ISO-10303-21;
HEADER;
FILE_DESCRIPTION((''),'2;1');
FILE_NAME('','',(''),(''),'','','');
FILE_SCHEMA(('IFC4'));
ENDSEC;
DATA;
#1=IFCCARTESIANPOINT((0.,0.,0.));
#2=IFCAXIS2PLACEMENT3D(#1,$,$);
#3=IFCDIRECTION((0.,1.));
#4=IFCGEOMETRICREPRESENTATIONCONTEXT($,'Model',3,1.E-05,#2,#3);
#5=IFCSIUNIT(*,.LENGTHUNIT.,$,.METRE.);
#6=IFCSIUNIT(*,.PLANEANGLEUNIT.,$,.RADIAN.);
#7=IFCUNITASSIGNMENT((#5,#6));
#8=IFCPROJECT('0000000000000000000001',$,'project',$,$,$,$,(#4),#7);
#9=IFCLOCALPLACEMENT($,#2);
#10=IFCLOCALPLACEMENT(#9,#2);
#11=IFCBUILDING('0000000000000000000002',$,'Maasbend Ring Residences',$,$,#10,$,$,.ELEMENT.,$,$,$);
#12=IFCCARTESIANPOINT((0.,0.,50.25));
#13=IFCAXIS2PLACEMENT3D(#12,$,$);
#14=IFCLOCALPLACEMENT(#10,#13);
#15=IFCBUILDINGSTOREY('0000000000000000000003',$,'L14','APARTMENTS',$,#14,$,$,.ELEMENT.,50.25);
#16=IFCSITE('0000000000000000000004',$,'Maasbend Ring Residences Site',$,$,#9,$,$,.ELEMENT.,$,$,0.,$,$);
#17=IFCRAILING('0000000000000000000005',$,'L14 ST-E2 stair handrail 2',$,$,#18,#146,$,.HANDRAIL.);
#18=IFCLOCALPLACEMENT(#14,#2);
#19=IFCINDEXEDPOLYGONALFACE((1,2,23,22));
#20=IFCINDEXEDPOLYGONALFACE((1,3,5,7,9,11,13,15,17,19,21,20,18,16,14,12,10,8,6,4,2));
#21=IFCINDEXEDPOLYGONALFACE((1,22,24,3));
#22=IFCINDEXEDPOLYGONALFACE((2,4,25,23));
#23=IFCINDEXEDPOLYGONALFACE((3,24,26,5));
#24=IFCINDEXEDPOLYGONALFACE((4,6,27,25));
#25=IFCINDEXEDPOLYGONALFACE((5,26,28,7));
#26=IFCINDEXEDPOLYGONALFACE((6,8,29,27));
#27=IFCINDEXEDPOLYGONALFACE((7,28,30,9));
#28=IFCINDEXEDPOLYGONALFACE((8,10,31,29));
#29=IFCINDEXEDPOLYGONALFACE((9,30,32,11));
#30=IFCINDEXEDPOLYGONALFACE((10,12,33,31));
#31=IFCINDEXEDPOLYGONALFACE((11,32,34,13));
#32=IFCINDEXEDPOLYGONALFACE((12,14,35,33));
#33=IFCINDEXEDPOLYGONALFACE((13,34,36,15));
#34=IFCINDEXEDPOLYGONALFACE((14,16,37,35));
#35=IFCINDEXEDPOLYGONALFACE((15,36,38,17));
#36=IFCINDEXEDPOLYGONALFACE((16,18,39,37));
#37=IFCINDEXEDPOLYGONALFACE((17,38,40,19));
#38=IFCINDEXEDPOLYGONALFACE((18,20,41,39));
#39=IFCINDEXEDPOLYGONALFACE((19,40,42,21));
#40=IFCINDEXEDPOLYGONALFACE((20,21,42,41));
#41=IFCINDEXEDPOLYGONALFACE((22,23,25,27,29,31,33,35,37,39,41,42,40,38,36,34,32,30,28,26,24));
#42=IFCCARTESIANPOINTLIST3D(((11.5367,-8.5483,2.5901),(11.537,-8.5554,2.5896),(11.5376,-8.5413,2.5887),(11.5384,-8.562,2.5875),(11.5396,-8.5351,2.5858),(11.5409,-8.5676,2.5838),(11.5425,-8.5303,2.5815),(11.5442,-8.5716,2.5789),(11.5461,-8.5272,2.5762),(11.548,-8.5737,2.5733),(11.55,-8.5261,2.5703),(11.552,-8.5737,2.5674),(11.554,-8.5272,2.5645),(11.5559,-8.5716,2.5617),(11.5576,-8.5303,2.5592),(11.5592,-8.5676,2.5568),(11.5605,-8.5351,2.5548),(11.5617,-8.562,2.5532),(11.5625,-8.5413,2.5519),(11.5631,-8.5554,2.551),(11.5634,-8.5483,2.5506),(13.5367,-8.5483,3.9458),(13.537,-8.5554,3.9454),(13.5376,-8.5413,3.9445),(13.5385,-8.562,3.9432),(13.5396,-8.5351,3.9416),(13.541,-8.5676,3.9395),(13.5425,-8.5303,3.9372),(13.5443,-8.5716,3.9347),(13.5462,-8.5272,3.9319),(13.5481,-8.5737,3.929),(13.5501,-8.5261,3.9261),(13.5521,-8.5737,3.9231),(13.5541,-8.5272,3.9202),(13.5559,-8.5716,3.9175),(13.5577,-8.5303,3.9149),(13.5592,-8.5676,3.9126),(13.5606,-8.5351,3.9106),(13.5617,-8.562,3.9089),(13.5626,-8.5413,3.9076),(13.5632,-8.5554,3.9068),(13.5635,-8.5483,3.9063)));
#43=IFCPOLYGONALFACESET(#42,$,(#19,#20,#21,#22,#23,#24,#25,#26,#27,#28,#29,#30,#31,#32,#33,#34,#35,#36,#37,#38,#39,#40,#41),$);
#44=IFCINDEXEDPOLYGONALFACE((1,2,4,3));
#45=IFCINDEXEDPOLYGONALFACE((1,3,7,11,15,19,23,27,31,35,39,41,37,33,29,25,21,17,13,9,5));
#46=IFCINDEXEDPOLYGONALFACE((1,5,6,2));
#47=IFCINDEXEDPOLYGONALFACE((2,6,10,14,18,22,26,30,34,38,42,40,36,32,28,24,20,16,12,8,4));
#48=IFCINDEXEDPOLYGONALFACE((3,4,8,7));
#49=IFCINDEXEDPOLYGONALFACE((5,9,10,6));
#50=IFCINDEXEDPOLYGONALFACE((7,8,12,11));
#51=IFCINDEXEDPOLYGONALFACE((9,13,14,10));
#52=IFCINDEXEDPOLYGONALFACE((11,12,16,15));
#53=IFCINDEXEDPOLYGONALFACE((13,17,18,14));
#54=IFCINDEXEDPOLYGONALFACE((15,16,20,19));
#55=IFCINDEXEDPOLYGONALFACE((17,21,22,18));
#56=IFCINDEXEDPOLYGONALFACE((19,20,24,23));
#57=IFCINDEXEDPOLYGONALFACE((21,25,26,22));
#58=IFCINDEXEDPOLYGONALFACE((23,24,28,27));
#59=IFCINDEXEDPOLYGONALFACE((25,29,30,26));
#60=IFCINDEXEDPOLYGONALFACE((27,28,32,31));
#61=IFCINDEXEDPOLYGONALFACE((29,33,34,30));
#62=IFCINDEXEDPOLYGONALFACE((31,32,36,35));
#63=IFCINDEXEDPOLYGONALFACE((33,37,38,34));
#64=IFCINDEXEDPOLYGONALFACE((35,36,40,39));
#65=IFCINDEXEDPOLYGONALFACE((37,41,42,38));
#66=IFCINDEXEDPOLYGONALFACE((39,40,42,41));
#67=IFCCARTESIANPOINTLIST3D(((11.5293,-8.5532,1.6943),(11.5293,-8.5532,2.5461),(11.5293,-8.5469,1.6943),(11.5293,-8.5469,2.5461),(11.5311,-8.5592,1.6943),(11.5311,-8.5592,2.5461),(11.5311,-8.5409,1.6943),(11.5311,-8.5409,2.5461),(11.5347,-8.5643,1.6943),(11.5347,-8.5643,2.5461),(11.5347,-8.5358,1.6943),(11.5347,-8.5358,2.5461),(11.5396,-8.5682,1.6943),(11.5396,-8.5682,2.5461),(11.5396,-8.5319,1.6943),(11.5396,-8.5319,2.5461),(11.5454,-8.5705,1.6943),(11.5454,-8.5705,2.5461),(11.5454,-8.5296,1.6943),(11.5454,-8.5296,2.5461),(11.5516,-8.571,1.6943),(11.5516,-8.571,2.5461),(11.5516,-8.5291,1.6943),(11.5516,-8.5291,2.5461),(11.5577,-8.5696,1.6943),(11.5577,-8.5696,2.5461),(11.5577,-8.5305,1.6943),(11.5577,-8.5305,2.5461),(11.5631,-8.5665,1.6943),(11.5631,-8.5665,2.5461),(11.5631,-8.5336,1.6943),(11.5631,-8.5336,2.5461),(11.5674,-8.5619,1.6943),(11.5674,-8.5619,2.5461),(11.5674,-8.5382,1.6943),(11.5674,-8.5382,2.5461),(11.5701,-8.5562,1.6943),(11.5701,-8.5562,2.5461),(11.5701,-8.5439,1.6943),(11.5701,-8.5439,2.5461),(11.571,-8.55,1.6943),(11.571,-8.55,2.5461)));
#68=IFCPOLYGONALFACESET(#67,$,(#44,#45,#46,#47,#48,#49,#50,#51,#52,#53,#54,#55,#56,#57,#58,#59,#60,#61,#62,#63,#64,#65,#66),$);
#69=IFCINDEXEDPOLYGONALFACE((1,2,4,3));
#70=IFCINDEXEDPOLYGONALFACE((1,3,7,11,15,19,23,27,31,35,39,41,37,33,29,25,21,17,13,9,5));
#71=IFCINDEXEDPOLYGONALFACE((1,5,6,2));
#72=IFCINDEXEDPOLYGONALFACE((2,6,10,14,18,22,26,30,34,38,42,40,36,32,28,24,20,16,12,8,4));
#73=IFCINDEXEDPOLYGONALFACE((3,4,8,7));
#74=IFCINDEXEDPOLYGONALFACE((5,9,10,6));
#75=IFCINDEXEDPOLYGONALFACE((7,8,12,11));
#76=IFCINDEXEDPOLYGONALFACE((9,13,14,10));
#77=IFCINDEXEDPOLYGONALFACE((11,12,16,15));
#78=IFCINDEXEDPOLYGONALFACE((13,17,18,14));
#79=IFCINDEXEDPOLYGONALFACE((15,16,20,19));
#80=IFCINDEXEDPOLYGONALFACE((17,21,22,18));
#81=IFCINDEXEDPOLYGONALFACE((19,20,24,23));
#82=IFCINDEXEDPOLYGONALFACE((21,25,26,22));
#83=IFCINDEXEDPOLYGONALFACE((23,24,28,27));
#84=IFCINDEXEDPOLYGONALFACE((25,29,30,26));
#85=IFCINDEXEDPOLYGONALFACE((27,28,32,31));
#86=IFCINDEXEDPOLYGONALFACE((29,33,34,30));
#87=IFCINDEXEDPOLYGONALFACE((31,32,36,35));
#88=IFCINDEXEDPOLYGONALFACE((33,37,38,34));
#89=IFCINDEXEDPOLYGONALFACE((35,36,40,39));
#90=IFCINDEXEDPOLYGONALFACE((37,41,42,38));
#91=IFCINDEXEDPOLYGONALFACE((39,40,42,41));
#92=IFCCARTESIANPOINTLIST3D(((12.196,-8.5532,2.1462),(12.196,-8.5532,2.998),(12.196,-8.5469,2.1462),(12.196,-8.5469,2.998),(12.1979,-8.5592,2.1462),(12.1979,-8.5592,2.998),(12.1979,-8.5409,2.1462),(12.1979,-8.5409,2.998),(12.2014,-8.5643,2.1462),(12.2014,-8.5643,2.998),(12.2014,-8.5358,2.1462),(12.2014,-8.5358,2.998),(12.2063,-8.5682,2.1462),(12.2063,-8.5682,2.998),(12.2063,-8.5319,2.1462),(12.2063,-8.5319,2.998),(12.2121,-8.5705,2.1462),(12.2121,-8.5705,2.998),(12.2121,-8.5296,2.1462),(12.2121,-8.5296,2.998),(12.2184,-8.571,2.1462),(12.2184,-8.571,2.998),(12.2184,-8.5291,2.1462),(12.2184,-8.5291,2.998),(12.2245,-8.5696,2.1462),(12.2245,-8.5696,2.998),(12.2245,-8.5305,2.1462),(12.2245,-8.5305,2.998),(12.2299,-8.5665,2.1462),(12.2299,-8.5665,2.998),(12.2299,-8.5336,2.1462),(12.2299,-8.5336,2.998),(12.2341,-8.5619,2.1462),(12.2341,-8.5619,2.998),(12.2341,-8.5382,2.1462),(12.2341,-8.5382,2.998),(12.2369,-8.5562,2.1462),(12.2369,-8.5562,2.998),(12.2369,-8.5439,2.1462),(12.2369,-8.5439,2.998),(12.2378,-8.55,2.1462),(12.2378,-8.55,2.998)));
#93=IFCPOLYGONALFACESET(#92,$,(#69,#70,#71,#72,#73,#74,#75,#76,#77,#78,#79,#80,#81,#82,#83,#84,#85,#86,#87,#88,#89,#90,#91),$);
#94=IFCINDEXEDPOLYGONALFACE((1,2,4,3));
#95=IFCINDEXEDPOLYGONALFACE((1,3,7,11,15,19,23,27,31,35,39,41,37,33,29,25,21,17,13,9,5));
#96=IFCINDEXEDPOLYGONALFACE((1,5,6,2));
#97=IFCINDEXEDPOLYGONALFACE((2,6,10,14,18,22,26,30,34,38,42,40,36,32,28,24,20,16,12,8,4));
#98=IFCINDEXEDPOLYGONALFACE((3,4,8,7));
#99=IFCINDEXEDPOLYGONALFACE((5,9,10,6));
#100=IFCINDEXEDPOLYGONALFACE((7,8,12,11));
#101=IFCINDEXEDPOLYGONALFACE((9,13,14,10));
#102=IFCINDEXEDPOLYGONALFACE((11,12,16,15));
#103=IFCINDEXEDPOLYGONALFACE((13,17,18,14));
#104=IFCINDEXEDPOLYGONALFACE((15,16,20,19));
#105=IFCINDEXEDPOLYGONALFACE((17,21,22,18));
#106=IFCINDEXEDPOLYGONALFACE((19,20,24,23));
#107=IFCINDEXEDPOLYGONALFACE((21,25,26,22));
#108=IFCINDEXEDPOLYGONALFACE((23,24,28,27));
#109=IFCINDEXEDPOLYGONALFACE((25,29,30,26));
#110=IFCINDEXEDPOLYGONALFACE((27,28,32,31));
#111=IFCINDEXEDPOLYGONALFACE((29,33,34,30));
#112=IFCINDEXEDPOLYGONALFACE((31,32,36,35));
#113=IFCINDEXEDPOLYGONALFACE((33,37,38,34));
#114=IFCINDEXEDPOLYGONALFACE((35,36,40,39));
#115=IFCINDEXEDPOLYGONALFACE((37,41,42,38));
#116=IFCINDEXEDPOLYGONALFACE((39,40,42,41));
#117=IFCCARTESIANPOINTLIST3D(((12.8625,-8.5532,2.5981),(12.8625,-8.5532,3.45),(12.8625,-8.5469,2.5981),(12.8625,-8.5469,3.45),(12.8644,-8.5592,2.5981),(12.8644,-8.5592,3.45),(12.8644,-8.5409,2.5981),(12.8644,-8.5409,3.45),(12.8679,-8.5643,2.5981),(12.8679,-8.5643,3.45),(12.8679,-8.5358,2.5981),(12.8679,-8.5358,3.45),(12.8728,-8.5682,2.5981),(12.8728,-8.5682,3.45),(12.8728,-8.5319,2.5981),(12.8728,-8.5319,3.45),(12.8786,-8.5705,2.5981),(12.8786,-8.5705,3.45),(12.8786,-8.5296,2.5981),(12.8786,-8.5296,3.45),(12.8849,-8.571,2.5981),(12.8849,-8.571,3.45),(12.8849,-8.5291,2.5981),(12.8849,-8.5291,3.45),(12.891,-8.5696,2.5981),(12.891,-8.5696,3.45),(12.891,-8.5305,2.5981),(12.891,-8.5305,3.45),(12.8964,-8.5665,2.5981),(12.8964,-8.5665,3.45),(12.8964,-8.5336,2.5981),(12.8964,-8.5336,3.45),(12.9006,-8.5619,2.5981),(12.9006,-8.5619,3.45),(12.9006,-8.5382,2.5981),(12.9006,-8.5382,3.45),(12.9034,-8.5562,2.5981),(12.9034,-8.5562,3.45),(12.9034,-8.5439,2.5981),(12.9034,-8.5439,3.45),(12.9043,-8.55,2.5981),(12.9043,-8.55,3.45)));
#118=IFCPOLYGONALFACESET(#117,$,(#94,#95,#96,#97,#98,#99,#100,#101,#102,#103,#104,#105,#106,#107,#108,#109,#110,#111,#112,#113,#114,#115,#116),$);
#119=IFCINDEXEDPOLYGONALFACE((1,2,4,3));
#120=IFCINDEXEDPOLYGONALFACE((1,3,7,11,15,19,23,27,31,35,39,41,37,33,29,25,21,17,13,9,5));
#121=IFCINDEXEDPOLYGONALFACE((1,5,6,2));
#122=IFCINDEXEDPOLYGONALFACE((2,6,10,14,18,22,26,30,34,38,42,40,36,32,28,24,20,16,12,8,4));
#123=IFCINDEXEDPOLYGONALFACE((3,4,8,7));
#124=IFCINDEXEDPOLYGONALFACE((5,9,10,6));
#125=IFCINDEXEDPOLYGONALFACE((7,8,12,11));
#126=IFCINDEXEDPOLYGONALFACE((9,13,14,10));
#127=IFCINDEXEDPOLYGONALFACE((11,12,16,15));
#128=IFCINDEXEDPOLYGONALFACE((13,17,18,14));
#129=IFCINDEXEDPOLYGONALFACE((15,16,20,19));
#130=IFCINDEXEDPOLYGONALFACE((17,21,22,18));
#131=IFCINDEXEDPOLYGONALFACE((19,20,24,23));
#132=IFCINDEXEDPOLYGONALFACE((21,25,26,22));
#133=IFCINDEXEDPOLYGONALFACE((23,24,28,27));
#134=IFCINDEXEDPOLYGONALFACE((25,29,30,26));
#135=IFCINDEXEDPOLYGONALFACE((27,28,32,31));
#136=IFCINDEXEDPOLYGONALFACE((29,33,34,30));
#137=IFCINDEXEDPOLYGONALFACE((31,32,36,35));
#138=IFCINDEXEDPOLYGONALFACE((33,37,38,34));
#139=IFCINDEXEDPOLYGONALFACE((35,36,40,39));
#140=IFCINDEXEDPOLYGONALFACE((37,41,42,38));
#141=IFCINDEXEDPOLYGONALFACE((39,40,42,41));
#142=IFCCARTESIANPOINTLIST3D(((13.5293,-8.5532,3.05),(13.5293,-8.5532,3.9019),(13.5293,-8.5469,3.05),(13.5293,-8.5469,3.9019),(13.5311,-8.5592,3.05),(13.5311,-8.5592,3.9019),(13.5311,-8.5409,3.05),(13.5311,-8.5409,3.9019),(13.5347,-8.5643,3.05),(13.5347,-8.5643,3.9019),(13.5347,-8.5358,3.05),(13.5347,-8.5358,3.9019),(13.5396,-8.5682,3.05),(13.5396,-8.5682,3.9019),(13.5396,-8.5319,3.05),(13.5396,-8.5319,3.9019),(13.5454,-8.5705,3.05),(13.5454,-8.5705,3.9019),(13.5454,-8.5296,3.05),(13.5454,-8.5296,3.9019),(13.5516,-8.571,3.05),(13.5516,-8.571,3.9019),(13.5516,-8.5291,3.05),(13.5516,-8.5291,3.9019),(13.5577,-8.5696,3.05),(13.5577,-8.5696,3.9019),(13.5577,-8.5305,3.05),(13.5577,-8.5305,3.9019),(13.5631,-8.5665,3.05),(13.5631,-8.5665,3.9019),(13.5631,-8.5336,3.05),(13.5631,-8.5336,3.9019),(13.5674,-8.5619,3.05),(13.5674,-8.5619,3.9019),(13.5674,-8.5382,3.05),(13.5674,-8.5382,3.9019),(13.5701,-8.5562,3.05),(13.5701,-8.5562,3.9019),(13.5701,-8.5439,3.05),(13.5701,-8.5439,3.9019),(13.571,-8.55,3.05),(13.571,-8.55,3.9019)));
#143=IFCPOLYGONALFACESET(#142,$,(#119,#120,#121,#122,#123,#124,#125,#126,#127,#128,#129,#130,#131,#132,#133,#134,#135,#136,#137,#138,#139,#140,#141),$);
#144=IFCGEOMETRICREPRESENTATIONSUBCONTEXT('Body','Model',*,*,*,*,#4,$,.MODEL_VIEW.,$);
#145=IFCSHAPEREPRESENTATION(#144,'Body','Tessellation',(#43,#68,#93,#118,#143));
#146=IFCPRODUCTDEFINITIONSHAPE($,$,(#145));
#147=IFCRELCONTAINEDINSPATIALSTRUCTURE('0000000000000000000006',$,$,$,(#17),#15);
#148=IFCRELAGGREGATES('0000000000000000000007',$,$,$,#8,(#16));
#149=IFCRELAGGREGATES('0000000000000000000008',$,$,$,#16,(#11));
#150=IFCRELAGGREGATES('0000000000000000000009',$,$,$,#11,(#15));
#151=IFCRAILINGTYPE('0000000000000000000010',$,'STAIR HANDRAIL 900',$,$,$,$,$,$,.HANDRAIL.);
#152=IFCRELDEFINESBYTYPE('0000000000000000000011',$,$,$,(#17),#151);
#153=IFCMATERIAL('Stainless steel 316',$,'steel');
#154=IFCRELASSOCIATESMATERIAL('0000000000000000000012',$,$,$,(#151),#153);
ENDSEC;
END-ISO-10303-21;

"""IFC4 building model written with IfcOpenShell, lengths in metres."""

from ifc_helpers import new_model, si_unit, direction, frame, origin, origin_2d, place, context, subcontext, project, spatial, circle, extrude, material, type_object, element, save


model = new_model("IFC4")

# Units and contexts
model_context = context("Model", 3, precision=1e-05, world=origin(), true_north=direction((0.0, 1.0)))
body_context = subcontext(model_context, "Body", "Model", "MODEL_VIEW")
ifc_project = project(units=[si_unit("LENGTHUNIT", "METRE"), si_unit("PLANEANGLEUNIT", "RADIAN")], contexts=[model_context])

# Site, building, storey
site_placement = place(None, origin())
site = spatial("IfcSite", under=ifc_project, at=site_placement, Name="Maasbend Ring Residences Site", CompositionType="ELEMENT", RefElevation=0.0)
building_placement = place(site_placement, origin())
building = spatial("IfcBuilding", under=site, at=building_placement, Name="Maasbend Ring Residences", CompositionType="ELEMENT")
storey_placement = place(building_placement, frame((0.0, 0.0, 50.25)))
storey = spatial("IfcBuildingStorey", under=building, at=storey_placement, Name="L14", Description="APARTMENTS", CompositionType="ELEMENT", Elevation=50.25)

# Railing
ifc_material_1 = material(Name="Stainless steel 316", Category="steel")
railing_type_1 = type_object("IfcRailingType", Name="STAIR HANDRAIL 900", PredefinedType="HANDRAIL", material=ifc_material_1)
railing_1_placement = place(storey_placement, frame((11.55, -8.55, 1.6943)))
element("IfcRailing", 1, at=railing_1_placement, inside=storey, type_object=railing_type_1, Name="L14 ST-E2 stair handrail 2", PredefinedType="HANDRAIL", context=body_context, shape_type="SweptSolid", body=[
    extrude(circle(Radius=0.0239, at=origin_2d()), frame((0.0, 0.0, 0.876), z_axis=(0.827751, 0.0, 0.561096), x_axis=(0.0, 1.0, 0.0)), (0.0, 0.0, 1.0), 2.4163),
    extrude(circle(Radius=0.021, at=origin_2d()), origin(), (0.0, 0.0, 1.0), 0.8518),
    extrude(circle(Radius=0.021, at=origin_2d()), frame((0.6667, 0.0, 0.4519)), (0.0, 0.0, 1.0), 0.8518),
    extrude(circle(Radius=0.021, at=origin_2d()), frame((1.3333, 0.0, 0.9038)), (0.0, 0.0, 1.0), 0.8518),
    extrude(circle(Radius=0.021, at=origin_2d()), frame((2.0, 0.0, 1.3557)), (0.0, 0.0, 1.0), 0.8518),
])

save(model, "model.ifc")
